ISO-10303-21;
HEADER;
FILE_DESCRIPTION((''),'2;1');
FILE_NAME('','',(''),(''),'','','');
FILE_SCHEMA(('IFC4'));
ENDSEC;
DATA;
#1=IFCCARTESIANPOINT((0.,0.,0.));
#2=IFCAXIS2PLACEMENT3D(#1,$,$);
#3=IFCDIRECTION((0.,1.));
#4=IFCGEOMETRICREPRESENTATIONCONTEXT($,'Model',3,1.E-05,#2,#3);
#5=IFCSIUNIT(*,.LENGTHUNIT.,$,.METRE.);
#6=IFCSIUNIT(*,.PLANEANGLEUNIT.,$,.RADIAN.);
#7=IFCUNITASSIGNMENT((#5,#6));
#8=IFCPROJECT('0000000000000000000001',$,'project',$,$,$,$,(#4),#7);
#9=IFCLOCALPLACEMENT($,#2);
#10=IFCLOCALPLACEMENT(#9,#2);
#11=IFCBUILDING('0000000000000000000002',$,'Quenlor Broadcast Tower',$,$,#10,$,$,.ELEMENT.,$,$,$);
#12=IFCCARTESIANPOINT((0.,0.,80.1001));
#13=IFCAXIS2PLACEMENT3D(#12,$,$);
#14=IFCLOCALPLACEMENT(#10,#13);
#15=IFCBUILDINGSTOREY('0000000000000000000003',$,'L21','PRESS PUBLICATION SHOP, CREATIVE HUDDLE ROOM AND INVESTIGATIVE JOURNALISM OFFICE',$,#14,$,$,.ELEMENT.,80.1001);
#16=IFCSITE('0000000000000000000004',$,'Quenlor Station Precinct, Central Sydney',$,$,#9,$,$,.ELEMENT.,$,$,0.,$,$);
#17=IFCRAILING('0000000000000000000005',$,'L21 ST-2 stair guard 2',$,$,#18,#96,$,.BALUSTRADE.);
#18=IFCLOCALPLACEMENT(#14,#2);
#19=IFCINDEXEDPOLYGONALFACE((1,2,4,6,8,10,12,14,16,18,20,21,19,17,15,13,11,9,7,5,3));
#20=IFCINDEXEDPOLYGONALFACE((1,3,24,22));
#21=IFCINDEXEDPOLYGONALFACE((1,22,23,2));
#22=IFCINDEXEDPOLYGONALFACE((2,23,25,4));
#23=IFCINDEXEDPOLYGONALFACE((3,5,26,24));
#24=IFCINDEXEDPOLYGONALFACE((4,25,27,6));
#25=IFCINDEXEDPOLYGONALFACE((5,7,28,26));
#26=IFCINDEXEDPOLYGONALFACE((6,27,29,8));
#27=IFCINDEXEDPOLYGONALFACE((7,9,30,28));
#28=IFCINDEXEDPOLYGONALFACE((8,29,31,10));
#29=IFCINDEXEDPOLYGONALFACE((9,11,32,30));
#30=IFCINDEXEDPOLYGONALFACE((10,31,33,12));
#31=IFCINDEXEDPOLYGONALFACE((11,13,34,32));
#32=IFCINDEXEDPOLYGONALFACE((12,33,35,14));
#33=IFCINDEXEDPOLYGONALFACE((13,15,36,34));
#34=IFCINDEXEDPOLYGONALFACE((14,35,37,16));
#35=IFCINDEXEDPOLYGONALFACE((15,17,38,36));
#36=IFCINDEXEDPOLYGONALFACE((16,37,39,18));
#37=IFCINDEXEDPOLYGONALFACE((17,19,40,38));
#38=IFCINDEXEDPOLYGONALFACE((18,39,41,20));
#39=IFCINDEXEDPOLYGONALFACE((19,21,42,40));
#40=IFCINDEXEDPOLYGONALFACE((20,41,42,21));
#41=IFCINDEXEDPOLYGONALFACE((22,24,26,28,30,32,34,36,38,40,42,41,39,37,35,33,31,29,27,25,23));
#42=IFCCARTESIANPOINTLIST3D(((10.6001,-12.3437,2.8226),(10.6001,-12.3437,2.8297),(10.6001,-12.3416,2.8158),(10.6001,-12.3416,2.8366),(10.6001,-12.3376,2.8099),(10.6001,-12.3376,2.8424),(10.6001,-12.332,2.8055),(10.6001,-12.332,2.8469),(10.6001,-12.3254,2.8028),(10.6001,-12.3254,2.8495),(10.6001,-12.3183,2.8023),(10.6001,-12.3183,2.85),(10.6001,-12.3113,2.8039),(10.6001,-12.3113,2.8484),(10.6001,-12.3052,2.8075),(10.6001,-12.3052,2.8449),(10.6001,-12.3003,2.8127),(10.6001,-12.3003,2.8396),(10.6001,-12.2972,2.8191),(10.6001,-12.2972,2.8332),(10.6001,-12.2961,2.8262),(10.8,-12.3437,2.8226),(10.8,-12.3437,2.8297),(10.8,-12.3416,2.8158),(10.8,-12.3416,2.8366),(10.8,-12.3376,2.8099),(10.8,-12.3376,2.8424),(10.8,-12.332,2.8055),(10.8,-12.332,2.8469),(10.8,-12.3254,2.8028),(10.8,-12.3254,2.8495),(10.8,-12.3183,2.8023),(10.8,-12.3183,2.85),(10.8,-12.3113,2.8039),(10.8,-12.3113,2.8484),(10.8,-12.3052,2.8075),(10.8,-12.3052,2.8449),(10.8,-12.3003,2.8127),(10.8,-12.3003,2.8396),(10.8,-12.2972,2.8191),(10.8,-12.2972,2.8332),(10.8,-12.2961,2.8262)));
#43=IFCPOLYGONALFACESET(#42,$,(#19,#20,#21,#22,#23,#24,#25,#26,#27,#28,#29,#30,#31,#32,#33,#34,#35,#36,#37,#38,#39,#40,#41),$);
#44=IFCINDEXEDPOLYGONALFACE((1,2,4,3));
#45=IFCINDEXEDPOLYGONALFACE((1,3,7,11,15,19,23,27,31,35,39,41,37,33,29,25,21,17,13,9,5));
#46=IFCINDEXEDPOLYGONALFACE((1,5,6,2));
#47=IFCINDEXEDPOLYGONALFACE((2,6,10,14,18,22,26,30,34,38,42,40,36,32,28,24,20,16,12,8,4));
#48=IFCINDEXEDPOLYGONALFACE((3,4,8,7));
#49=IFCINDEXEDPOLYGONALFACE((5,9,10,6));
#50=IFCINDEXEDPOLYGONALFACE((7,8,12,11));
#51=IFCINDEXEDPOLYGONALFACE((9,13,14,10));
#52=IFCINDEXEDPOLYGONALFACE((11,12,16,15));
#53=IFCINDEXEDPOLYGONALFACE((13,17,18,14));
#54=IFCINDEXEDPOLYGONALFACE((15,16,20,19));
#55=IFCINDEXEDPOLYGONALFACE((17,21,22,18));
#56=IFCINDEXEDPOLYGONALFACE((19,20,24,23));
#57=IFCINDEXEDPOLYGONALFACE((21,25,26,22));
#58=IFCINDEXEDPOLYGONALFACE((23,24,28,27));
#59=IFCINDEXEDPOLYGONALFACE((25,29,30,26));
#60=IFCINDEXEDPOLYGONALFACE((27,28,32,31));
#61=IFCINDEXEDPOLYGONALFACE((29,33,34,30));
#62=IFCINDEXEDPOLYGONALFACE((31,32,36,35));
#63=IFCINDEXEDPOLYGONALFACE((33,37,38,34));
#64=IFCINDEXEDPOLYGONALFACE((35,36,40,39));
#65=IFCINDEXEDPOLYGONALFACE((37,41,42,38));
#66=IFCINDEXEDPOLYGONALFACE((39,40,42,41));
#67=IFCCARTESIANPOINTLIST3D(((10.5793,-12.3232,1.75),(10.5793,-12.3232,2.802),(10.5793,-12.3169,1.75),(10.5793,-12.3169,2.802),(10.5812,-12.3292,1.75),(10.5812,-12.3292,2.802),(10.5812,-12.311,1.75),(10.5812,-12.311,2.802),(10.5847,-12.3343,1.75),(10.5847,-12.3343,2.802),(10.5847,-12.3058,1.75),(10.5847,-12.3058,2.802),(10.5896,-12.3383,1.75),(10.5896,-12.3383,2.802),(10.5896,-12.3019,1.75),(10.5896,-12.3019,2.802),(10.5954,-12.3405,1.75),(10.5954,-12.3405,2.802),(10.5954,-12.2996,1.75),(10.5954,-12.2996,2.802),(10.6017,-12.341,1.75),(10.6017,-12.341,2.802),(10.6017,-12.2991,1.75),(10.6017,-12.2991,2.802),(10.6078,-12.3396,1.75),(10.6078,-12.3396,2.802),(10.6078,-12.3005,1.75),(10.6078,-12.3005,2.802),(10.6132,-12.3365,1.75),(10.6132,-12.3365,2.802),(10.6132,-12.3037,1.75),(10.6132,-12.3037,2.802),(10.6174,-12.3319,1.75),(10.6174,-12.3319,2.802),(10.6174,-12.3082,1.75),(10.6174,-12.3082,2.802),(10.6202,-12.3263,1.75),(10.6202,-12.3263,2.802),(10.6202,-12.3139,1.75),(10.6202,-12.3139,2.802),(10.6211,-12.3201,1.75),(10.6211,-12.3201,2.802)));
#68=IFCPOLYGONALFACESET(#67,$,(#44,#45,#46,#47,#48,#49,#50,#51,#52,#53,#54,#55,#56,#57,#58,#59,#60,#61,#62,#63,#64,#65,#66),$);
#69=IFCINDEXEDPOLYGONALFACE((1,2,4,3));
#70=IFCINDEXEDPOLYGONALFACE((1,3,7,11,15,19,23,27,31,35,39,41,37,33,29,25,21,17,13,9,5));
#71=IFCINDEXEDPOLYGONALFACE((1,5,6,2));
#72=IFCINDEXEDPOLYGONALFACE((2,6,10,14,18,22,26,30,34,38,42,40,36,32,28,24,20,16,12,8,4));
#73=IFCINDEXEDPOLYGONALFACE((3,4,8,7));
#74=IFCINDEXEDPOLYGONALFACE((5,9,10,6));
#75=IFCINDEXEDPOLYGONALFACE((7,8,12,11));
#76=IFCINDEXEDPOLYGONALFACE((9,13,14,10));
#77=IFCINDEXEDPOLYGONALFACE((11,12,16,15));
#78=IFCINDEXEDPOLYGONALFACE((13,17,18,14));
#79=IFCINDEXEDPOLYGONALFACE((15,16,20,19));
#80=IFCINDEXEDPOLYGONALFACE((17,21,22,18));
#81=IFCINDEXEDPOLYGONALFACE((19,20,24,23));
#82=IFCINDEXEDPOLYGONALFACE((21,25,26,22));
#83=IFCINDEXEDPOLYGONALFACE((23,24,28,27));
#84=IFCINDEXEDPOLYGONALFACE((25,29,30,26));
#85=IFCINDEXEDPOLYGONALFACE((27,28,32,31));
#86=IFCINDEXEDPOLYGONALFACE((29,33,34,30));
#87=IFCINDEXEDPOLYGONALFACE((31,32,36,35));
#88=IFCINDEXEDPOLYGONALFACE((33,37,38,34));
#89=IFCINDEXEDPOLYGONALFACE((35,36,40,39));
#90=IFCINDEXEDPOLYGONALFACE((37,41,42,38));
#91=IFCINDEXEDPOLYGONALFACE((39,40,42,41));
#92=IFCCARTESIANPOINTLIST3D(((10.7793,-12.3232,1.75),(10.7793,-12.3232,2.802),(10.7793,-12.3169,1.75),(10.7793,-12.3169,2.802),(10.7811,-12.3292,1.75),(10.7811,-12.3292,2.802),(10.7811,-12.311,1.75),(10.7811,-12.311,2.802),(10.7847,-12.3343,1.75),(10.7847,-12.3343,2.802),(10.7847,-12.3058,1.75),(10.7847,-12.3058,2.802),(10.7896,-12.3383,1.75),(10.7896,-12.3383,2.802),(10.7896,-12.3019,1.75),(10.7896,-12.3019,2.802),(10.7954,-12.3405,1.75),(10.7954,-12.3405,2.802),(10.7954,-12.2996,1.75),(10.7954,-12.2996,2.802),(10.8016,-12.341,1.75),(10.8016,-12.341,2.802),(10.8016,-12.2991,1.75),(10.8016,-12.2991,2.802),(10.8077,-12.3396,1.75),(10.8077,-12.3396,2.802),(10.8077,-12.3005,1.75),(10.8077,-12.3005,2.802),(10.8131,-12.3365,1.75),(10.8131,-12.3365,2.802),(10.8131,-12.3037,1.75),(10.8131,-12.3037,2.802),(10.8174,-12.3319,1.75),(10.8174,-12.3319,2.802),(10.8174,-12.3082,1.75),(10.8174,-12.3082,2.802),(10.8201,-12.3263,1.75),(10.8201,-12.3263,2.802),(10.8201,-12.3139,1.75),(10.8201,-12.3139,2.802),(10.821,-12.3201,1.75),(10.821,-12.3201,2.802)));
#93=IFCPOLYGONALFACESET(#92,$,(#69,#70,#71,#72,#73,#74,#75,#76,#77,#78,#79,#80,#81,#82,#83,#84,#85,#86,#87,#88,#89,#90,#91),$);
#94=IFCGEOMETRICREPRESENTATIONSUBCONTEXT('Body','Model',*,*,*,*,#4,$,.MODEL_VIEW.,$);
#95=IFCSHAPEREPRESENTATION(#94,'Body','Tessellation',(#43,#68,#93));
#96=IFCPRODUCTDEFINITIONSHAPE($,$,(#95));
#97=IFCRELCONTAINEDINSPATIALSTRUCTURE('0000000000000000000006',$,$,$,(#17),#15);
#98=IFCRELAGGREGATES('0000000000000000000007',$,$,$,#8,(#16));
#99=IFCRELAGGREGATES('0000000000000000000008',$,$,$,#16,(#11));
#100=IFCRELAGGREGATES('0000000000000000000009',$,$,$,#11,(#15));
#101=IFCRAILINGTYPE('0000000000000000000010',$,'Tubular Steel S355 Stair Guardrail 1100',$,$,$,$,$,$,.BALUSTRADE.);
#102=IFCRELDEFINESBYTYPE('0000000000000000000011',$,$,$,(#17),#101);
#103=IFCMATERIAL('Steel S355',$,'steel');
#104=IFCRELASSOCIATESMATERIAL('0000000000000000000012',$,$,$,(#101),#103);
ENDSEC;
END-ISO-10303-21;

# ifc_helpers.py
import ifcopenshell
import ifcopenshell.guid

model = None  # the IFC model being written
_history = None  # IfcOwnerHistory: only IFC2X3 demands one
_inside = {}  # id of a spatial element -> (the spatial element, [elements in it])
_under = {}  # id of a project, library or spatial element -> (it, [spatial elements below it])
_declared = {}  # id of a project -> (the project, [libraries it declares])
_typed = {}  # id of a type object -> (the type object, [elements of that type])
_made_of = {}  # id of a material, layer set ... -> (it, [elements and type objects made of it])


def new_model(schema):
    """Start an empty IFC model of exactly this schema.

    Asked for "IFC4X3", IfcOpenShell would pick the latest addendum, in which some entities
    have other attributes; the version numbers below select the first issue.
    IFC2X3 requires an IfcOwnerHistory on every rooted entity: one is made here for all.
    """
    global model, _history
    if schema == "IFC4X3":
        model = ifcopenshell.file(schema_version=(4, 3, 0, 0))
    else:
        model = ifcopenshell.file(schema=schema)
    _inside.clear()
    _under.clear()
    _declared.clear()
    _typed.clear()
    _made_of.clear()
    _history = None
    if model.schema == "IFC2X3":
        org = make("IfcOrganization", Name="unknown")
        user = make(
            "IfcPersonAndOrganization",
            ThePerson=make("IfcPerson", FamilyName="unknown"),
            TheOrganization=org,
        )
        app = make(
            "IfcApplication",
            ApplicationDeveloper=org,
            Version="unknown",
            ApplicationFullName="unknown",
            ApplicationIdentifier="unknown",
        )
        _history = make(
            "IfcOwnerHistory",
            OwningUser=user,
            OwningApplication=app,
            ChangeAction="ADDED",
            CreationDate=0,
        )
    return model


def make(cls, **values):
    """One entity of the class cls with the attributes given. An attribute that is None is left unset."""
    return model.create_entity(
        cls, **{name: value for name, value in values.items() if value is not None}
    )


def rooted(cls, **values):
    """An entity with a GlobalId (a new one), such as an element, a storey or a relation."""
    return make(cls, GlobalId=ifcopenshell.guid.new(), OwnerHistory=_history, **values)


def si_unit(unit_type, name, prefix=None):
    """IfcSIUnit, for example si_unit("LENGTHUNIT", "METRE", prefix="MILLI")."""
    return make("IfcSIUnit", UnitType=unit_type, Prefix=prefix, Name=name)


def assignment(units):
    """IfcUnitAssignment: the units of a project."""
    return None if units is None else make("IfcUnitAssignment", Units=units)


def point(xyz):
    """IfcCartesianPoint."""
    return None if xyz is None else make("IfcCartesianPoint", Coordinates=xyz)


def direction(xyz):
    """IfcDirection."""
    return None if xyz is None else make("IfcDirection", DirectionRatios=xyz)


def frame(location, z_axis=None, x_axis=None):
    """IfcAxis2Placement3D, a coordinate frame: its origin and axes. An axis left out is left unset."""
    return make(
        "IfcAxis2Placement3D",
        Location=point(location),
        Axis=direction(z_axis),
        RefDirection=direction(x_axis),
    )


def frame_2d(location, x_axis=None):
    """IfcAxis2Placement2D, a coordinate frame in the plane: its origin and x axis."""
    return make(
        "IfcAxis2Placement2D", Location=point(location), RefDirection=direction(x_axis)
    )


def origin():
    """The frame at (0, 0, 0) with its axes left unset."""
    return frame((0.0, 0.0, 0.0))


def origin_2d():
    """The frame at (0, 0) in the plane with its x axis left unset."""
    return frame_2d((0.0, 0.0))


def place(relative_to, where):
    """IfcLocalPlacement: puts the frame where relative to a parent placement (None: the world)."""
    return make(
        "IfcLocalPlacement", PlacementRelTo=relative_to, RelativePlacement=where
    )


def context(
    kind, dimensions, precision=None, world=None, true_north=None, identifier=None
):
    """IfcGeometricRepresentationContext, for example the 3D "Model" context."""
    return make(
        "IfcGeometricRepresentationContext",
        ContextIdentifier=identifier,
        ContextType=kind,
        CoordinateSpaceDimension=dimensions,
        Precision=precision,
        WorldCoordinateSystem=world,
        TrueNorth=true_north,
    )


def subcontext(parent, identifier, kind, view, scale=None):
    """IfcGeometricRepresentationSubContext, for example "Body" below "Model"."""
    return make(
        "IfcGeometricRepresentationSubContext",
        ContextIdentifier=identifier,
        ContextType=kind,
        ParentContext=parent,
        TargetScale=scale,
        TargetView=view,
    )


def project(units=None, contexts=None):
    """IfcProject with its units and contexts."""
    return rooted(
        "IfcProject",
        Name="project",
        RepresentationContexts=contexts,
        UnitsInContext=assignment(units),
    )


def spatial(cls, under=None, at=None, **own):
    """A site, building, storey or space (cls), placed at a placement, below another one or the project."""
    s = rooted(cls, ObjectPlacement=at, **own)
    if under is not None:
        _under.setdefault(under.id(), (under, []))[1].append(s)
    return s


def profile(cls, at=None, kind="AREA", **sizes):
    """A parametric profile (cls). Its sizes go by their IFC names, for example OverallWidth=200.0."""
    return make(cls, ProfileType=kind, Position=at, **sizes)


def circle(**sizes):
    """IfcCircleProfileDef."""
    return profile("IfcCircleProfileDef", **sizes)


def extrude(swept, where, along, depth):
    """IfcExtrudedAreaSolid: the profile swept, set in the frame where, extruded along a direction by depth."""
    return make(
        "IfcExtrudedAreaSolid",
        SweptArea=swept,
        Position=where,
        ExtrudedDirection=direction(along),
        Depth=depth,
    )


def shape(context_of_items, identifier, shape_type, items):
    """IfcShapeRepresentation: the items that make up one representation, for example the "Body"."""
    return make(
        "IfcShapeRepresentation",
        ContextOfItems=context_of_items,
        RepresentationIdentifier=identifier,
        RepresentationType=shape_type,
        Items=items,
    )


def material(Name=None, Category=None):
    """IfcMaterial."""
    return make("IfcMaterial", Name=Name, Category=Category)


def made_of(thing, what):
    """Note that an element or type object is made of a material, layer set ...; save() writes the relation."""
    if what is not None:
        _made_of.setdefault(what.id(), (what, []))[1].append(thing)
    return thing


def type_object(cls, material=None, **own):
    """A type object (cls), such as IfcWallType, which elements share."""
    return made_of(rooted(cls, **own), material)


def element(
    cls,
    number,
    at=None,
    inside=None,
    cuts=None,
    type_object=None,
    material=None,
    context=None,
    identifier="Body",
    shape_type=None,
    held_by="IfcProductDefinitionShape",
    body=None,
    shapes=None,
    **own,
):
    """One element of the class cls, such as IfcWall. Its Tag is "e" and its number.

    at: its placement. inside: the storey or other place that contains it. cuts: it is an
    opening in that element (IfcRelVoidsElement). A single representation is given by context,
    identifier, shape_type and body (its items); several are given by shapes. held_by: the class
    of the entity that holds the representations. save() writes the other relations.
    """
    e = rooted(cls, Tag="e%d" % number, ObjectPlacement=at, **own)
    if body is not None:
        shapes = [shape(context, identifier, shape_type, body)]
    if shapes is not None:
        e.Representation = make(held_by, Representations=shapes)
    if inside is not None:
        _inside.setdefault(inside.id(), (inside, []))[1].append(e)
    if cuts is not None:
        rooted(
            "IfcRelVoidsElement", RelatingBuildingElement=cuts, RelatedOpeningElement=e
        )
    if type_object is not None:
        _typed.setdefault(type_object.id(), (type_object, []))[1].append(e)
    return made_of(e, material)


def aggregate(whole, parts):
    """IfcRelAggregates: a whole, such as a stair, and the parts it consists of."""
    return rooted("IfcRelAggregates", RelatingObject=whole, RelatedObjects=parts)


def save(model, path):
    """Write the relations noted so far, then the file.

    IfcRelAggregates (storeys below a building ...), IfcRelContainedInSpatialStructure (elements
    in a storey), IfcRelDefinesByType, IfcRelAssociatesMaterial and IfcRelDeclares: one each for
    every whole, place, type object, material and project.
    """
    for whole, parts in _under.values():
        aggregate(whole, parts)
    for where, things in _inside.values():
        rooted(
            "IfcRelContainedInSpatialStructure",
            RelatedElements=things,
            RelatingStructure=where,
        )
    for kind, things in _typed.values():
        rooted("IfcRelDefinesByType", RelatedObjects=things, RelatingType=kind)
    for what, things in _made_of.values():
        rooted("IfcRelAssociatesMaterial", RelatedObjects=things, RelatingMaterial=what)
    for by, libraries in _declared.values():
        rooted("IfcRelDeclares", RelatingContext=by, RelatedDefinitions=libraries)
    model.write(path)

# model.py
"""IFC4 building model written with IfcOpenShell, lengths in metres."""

from ifc_helpers import new_model, si_unit, direction, frame, origin, origin_2d, place, context, subcontext, project, spatial, circle, extrude, material, type_object, element, save


model = new_model("IFC4")

# Units and contexts
model_context = context("Model", 3, precision=1e-05, world=origin(), true_north=direction((0.0, 1.0)))
body_context = subcontext(model_context, "Body", "Model", "MODEL_VIEW")
ifc_project = project(units=[si_unit("LENGTHUNIT", "METRE"), si_unit("PLANEANGLEUNIT", "RADIAN")], contexts=[model_context])

# Site, building, storey
site_placement = place(None, origin())
site = spatial("IfcSite", under=ifc_project, at=site_placement, Name="Quenlor Station Precinct, Central Sydney", CompositionType="ELEMENT", RefElevation=0.0)
building_placement = place(site_placement, origin())
building = spatial("IfcBuilding", under=site, at=building_placement, Name="Quenlor Broadcast Tower", CompositionType="ELEMENT")
storey_placement = place(building_placement, frame((0.0, 0.0, 80.1001)))
storey = spatial("IfcBuildingStorey", under=building, at=storey_placement, Name="L21", Description="PRESS PUBLICATION SHOP, CREATIVE HUDDLE ROOM AND INVESTIGATIVE JOURNALISM OFFICE", CompositionType="ELEMENT", Elevation=80.1001)

# Railing
ifc_material_1 = material(Name="Steel S355", Category="steel")
railing_type_1 = type_object("IfcRailingType", Name="Tubular Steel S355 Stair Guardrail 1100", PredefinedType="BALUSTRADE", material=ifc_material_1)
railing_1_placement = place(storey_placement, frame((10.6001, -12.3201, 1.75)))
element("IfcRailing", 1, at=railing_1_placement, inside=storey, type_object=railing_type_1, Name="L21 ST-2 stair guard 2", PredefinedType="BALUSTRADE", context=body_context, shape_type="SweptSolid", body=[
    extrude(circle(Radius=0.0239, at=origin_2d()), frame((0.0, 0.0, 1.0762), z_axis=(1.0, 0.0, 0.0), x_axis=(0.0, 1.0, 0.0)), (0.0, 0.0, 1.0), 0.2),
    extrude(circle(Radius=0.021, at=origin_2d()), origin(), (0.0, 0.0, 1.0), 1.052),
    extrude(circle(Radius=0.021, at=origin_2d()), frame((0.2, 0.0, 0.0)), (0.0, 0.0, 1.0), 1.052),
])

save(model, "model.ifc")
